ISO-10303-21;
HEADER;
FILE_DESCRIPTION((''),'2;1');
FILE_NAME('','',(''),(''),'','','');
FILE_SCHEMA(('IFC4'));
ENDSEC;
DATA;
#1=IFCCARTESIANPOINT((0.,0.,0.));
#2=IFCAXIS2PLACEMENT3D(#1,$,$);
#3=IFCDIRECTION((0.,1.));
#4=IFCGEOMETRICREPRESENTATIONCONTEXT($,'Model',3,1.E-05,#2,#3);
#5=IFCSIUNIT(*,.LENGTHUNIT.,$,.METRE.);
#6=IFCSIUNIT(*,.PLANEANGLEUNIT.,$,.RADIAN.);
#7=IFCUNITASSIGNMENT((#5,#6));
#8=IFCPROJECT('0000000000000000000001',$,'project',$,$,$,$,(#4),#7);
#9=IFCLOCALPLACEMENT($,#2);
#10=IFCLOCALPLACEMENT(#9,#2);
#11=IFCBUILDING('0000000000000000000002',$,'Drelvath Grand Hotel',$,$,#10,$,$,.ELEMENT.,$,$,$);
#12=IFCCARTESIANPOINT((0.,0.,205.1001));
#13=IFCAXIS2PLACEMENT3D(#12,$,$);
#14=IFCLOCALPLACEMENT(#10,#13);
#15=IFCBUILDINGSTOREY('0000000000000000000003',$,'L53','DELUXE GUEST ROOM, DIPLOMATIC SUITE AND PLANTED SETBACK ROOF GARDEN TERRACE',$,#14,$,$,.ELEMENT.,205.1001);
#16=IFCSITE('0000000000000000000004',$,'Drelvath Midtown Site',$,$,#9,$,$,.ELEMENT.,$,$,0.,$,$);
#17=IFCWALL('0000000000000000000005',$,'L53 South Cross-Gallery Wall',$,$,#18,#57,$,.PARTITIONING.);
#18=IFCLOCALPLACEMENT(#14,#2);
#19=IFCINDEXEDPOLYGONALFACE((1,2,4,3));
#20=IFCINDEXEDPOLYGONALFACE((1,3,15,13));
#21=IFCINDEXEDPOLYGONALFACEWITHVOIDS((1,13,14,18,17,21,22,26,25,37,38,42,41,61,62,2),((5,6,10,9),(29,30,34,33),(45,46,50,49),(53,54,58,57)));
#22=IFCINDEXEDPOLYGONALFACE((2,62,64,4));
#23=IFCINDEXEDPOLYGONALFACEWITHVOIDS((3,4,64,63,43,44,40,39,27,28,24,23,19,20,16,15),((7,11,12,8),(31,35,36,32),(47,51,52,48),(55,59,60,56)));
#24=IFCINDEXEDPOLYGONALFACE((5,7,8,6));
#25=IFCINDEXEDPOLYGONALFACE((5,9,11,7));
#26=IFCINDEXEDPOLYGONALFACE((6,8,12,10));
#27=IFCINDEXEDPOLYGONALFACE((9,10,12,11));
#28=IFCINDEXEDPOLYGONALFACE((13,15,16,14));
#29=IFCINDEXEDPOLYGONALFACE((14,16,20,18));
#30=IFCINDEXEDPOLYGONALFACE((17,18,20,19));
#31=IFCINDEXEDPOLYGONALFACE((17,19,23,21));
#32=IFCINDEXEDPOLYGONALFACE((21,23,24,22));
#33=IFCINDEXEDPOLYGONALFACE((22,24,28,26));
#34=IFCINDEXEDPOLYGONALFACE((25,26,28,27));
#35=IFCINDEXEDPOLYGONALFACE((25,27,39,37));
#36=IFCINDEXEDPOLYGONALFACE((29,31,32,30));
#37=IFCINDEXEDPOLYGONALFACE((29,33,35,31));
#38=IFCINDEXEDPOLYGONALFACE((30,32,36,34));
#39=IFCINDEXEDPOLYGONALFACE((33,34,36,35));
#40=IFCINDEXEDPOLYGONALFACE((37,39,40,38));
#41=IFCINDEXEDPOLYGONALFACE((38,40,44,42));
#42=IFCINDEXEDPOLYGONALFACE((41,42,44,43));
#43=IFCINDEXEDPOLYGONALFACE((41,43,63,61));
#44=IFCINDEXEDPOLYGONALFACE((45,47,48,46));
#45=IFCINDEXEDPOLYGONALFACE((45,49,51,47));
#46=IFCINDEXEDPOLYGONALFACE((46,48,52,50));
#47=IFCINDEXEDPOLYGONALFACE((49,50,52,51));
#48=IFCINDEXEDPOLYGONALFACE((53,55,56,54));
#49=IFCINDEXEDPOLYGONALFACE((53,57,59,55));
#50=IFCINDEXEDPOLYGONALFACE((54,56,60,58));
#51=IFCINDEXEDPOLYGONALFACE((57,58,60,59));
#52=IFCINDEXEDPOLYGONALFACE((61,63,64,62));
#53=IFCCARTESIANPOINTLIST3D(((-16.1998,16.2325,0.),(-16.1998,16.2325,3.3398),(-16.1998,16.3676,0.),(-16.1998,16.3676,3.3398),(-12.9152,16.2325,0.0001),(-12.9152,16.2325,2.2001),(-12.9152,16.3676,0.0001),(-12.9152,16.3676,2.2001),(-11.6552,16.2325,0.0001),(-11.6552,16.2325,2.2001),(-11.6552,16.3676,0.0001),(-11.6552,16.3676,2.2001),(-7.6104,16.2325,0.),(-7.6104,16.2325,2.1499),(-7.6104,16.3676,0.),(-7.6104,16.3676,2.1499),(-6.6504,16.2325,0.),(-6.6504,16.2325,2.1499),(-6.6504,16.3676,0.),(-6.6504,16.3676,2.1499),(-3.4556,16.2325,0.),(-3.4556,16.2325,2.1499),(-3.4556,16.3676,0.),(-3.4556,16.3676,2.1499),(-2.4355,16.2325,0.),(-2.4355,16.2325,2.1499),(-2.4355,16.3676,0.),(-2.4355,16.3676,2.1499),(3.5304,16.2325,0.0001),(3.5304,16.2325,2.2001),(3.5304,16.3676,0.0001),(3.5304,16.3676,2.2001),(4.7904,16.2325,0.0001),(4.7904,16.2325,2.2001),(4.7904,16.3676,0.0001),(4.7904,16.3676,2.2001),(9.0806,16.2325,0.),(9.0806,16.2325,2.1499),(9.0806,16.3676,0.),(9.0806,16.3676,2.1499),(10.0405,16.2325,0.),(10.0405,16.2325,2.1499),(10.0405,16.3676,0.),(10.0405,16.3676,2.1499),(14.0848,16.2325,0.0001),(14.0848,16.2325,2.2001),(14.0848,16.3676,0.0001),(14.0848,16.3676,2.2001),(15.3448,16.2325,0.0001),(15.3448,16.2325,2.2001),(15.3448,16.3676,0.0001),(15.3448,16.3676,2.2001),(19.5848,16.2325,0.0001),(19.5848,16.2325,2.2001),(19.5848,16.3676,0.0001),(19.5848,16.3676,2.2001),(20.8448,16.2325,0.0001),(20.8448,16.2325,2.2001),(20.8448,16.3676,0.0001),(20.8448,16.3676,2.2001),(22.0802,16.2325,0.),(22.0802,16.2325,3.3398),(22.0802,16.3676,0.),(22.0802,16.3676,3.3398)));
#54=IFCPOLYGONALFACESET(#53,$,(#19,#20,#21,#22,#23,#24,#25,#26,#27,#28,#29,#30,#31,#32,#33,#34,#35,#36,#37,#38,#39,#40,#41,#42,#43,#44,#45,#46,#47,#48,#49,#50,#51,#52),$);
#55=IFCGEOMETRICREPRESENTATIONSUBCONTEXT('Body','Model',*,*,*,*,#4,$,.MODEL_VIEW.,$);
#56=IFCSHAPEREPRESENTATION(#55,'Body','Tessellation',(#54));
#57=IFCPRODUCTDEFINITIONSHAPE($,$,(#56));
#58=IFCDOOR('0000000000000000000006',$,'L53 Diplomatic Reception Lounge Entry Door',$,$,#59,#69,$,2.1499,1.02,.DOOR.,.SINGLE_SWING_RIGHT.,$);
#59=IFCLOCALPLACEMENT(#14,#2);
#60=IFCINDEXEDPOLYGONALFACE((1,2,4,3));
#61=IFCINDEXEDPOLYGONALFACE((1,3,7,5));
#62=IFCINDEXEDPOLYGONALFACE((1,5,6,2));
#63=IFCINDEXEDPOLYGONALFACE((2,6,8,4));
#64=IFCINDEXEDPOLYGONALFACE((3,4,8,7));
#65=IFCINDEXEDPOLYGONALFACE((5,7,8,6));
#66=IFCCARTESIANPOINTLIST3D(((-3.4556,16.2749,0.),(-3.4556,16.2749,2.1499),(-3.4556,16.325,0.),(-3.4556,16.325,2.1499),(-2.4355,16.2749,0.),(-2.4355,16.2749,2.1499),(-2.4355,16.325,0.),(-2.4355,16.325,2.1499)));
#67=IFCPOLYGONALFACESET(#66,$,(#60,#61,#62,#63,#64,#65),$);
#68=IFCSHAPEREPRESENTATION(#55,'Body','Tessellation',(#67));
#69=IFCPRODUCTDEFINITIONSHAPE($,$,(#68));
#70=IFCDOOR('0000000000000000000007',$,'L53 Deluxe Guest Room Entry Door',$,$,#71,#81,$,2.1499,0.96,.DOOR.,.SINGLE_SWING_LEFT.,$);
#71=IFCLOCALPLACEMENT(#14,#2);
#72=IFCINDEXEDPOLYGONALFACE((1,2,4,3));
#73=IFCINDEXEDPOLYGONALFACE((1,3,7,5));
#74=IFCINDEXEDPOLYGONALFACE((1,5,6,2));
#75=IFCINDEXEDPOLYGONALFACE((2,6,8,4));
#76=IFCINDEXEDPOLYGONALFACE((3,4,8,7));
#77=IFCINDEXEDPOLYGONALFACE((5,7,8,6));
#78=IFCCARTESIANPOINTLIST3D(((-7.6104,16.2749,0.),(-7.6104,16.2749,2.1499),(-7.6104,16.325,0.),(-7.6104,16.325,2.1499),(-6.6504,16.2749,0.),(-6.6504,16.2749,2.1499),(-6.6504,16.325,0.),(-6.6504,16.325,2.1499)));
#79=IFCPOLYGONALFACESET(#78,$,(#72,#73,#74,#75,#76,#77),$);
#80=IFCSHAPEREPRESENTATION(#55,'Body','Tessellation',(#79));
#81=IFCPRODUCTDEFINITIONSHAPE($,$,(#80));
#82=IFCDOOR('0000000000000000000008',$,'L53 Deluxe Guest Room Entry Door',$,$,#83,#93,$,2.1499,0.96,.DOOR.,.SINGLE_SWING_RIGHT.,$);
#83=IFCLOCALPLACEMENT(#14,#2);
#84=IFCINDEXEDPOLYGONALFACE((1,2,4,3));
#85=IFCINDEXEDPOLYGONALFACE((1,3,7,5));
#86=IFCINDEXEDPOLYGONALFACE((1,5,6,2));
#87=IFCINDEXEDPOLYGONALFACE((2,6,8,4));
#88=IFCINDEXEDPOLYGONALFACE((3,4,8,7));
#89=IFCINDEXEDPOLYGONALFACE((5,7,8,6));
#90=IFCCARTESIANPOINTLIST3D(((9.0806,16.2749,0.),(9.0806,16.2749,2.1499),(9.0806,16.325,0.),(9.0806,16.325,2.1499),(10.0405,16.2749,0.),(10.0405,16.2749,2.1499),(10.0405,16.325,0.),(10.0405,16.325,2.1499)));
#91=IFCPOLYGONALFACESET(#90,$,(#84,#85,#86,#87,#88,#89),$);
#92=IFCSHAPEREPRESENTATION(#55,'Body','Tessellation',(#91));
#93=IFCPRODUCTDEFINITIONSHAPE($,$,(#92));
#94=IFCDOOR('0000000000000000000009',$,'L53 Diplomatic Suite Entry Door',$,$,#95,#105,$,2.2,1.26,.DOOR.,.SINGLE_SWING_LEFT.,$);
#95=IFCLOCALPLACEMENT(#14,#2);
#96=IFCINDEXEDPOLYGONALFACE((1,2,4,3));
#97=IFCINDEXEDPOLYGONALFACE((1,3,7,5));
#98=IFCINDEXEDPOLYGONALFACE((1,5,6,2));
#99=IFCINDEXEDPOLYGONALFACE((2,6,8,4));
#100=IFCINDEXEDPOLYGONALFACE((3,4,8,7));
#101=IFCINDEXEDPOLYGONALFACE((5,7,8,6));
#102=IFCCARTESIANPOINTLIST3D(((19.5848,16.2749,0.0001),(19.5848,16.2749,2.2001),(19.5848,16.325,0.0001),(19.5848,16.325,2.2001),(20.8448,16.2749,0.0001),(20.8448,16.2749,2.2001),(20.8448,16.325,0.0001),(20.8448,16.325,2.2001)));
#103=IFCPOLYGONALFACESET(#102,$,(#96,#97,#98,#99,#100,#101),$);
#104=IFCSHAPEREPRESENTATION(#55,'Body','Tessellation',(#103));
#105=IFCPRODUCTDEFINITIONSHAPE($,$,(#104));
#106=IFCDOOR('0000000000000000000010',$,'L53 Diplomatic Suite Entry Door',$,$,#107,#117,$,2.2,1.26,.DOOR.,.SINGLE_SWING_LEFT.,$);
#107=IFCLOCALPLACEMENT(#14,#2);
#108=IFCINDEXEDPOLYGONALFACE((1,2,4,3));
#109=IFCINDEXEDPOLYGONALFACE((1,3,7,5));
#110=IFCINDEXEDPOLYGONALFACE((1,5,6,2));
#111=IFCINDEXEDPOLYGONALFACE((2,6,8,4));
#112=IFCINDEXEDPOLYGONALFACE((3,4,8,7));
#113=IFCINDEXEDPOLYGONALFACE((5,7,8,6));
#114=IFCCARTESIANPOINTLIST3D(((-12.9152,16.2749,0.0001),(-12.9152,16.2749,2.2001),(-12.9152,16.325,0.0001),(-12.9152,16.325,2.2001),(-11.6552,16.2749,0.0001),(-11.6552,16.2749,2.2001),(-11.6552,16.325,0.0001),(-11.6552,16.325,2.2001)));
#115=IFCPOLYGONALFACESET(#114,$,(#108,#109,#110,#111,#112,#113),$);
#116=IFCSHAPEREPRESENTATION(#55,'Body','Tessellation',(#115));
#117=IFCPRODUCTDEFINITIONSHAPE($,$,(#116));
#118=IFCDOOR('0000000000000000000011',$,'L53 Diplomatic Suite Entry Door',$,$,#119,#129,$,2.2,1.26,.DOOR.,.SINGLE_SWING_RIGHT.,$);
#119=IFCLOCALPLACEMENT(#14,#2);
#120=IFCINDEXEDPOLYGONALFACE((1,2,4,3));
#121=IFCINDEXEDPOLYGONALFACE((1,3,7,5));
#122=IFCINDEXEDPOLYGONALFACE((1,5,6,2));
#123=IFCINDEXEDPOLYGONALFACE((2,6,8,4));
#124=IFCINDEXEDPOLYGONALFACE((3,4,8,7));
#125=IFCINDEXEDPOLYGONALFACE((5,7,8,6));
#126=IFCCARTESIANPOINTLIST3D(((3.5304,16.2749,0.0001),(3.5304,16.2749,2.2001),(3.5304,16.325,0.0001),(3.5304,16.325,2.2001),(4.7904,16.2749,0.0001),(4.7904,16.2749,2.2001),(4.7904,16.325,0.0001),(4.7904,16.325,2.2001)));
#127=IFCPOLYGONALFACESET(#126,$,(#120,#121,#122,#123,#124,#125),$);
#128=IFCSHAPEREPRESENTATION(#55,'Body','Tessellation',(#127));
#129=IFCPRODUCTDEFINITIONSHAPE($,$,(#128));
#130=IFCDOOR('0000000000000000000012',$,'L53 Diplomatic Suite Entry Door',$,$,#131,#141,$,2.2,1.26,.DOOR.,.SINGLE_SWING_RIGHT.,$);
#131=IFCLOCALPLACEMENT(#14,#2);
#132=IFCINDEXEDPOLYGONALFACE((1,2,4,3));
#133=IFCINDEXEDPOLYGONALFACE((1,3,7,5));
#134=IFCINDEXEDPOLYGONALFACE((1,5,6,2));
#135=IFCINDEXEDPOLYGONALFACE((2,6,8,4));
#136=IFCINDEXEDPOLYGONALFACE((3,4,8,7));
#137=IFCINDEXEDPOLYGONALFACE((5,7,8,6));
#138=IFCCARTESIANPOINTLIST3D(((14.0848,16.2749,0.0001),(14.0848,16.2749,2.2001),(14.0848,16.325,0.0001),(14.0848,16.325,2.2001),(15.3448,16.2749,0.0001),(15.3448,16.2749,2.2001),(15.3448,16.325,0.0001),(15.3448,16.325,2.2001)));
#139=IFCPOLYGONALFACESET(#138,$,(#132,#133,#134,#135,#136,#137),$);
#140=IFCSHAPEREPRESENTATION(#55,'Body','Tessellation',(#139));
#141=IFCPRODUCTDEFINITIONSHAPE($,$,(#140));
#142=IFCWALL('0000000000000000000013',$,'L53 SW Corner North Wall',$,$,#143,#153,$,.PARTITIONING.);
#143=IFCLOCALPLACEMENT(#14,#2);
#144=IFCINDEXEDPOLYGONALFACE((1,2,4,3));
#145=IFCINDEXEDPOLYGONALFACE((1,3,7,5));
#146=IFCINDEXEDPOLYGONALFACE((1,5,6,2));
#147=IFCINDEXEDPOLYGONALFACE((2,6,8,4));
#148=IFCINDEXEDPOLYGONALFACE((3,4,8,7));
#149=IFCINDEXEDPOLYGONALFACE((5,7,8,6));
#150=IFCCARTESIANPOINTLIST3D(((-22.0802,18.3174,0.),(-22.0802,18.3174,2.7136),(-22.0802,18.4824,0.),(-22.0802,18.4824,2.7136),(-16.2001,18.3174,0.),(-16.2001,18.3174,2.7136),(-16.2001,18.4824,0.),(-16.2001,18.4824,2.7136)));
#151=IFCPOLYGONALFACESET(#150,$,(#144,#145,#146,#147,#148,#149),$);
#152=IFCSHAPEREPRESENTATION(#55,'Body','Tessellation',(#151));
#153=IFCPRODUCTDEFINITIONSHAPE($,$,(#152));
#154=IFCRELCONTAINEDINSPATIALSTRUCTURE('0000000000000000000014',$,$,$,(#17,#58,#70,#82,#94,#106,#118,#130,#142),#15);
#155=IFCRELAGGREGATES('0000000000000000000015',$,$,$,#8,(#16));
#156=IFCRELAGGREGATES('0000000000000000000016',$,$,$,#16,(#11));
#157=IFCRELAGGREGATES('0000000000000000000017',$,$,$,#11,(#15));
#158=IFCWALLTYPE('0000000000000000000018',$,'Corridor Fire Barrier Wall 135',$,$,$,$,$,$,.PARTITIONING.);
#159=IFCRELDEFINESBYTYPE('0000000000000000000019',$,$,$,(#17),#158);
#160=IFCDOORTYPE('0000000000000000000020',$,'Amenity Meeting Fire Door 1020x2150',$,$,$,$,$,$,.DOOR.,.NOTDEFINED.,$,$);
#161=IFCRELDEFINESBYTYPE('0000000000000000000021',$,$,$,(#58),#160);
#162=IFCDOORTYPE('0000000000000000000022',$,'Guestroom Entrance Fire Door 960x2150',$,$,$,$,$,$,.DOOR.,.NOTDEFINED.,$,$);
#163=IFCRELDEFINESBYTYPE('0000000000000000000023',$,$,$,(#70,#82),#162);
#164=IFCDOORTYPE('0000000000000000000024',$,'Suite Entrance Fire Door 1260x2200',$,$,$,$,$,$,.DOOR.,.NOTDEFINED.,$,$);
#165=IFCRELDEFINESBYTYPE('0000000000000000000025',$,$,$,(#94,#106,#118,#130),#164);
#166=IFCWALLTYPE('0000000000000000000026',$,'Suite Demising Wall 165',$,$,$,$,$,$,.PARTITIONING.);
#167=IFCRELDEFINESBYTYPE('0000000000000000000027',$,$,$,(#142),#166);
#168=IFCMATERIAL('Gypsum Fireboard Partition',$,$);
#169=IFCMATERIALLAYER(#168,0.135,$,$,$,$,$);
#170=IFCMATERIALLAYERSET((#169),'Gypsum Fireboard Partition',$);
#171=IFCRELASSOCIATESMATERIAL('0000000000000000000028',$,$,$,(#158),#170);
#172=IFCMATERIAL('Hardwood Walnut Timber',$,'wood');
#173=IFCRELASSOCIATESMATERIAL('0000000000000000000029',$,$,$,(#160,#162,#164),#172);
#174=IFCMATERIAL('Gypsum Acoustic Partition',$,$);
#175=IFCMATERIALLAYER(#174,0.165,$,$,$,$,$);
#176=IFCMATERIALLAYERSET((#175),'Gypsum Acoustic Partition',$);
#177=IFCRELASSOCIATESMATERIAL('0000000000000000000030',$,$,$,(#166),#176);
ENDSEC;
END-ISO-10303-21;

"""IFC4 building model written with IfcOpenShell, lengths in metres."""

from ifc_helpers import new_model, si_unit, direction, frame, frame_2d, origin, place, context, subcontext, project, spatial, rectangle, extrude, material, layer, layer_set, type_object, element, fill, save


model = new_model("IFC4")

# Units and contexts
model_context = context("Model", 3, precision=1e-05, world=origin(), true_north=direction((0.0, 1.0)))
body_context = subcontext(model_context, "Body", "Model", "MODEL_VIEW")
ifc_project = project(units=[si_unit("LENGTHUNIT", "METRE"), si_unit("PLANEANGLEUNIT", "RADIAN")], contexts=[model_context])

# Site, building, storey
site_placement = place(None, origin())
site = spatial("IfcSite", under=ifc_project, at=site_placement, Name="Drelvath Midtown Site", CompositionType="ELEMENT", RefElevation=0.0)
building_placement = place(site_placement, origin())
building = spatial("IfcBuilding", under=site, at=building_placement, Name="Drelvath Grand Hotel", CompositionType="ELEMENT")
storey_placement = place(building_placement, frame((0.0, 0.0, 205.1001)))
storey = spatial("IfcBuildingStorey", under=building, at=storey_placement, Name="L53", Description="DELUXE GUEST ROOM, DIPLOMATIC SUITE AND PLANTED SETBACK ROOF GARDEN TERRACE", CompositionType="ELEMENT", Elevation=205.1001)

# Wall, openings, doors
ifc_material_1 = material(Name="Gypsum Fireboard Partition")
ifc_layer_1 = layer(ifc_material_1, 0.135)
ifc_layer_set_1 = layer_set([ifc_layer_1], Name="Gypsum Fireboard Partition")
wall_type_1 = type_object("IfcWallType", Name="Corridor Fire Barrier Wall 135", PredefinedType="PARTITIONING", material=ifc_layer_set_1)
wall_1_placement = place(storey_placement, frame((-16.2, 16.3, 0.0), z_axis=(0.0, 0.0, 1.0), x_axis=(1.0, 0.0, 0.0)))
wall_1 = element("IfcWall", 1, at=wall_1_placement, inside=storey, type_object=wall_type_1, Name="L53 South Cross-Gallery Wall", PredefinedType="PARTITIONING", context=body_context, shape_type="SweptSolid", body=[
    extrude(rectangle(XDim=38.28, YDim=0.135, at=frame_2d((19.1401, 0.0))), origin(), (0.0, 0.0, 1.0), 3.3398),
])
opening_1_placement = place(wall_1_placement, frame((35.7849, 0.0, 0.0)))
opening_1 = element("IfcOpeningElement", 2, at=opening_1_placement, cuts=wall_1, PredefinedType="OPENING", context=body_context, shape_type="SweptSolid", body=[
    extrude(rectangle(XDim=1.26, YDim=2.2, at=frame_2d((0.6299, 1.1001))), frame((0.0, 0.0774, 0.0), z_axis=(0.0, -1.0, 0.0), x_axis=(1.0, 0.0, 0.0)), (0.0, 0.0, 1.0), 0.155),
])
opening_2_placement = place(wall_1_placement, frame((3.2849, 0.0, 0.0)))
opening_2 = element("IfcOpeningElement", 3, at=opening_2_placement, cuts=wall_1, PredefinedType="OPENING", context=body_context, shape_type="SweptSolid", body=[
    extrude(rectangle(XDim=1.26, YDim=2.2, at=frame_2d((0.6299, 1.1001))), frame((0.0, 0.0774, 0.0), z_axis=(0.0, -1.0, 0.0), x_axis=(1.0, 0.0, 0.0)), (0.0, 0.0, 1.0), 0.155),
])
opening_3_placement = place(wall_1_placement, frame((8.5896, 0.0, 0.0)))
opening_3 = element("IfcOpeningElement", 4, at=opening_3_placement, cuts=wall_1, PredefinedType="OPENING", context=body_context, shape_type="SweptSolid", body=[
    extrude(rectangle(XDim=0.96, YDim=2.1499, at=frame_2d((0.48, 1.075))), frame((0.0, 0.0774, 0.0), z_axis=(0.0, -1.0, 0.0), x_axis=(1.0, 0.0, 0.0)), (0.0, 0.0, 1.0), 0.155),
])
opening_4_placement = place(wall_1_placement, frame((12.7444, 0.0, 0.0)))
opening_4 = element("IfcOpeningElement", 5, at=opening_4_placement, cuts=wall_1, PredefinedType="OPENING", context=body_context, shape_type="SweptSolid", body=[
    extrude(rectangle(XDim=1.02, YDim=2.1499, at=frame_2d((0.51, 1.075))), frame((0.0, 0.0774, 0.0), z_axis=(0.0, -1.0, 0.0), x_axis=(1.0, 0.0, 0.0)), (0.0, 0.0, 1.0), 0.155),
])
opening_5_placement = place(wall_1_placement, frame((19.7305, 0.0, 0.0)))
opening_5 = element("IfcOpeningElement", 6, at=opening_5_placement, cuts=wall_1, PredefinedType="OPENING", context=body_context, shape_type="SweptSolid", body=[
    extrude(rectangle(XDim=1.26, YDim=2.2, at=frame_2d((0.6299, 1.1001))), frame((0.0, 0.0774, 0.0), z_axis=(0.0, -1.0, 0.0), x_axis=(1.0, 0.0, 0.0)), (0.0, 0.0, 1.0), 0.155),
])
opening_6_placement = place(wall_1_placement, frame((25.2805, 0.0, 0.0)))
opening_6 = element("IfcOpeningElement", 7, at=opening_6_placement, cuts=wall_1, PredefinedType="OPENING", context=body_context, shape_type="SweptSolid", body=[
    extrude(rectangle(XDim=0.96, YDim=2.1499, at=frame_2d((0.48, 1.075))), frame((0.0, 0.0774, 0.0), z_axis=(0.0, -1.0, 0.0), x_axis=(1.0, 0.0, 0.0)), (0.0, 0.0, 1.0), 0.155),
])
opening_7_placement = place(wall_1_placement, frame((30.2849, 0.0, 0.0)))
opening_7 = element("IfcOpeningElement", 8, at=opening_7_placement, cuts=wall_1, PredefinedType="OPENING", context=body_context, shape_type="SweptSolid", body=[
    extrude(rectangle(XDim=1.26, YDim=2.2, at=frame_2d((0.6299, 1.1001))), frame((0.0, 0.0774, 0.0), z_axis=(0.0, -1.0, 0.0), x_axis=(1.0, 0.0, 0.0)), (0.0, 0.0, 1.0), 0.155),
])
ifc_material_2 = material(Name="Hardwood Walnut Timber", Category="wood")
door_type_1 = type_object("IfcDoorType", Name="Amenity Meeting Fire Door 1020x2150", OperationType="NOTDEFINED", PredefinedType="DOOR", material=ifc_material_2)
door_1_placement = place(opening_4_placement, origin())
door_1 = element("IfcDoor", 9, at=door_1_placement, inside=storey, type_object=door_type_1, Name="L53 Diplomatic Reception Lounge Entry Door", OperationType="SINGLE_SWING_RIGHT", OverallHeight=2.1499, OverallWidth=1.02, PredefinedType="DOOR", context=body_context, shape_type="SweptSolid", body=[
    extrude(rectangle(XDim=1.02, YDim=2.1499, at=frame_2d((0.51, 1.075))), frame((0.0, 0.0249, 0.0), z_axis=(0.0, -1.0, 0.0), x_axis=(1.0, 0.0, 0.0)), (0.0, 0.0, 1.0), 0.05),
])
fill(opening_4, door_1)
door_type_2 = type_object("IfcDoorType", Name="Guestroom Entrance Fire Door 960x2150", OperationType="NOTDEFINED", PredefinedType="DOOR", material=ifc_material_2)
door_2_placement = place(opening_3_placement, origin())
door_2 = element("IfcDoor", 10, at=door_2_placement, inside=storey, type_object=door_type_2, Name="L53 Deluxe Guest Room Entry Door", OperationType="SINGLE_SWING_LEFT", OverallHeight=2.1499, OverallWidth=0.96, PredefinedType="DOOR", context=body_context, shape_type="SweptSolid", body=[
    extrude(rectangle(XDim=0.96, YDim=2.1499, at=frame_2d((0.48, 1.075))), frame((0.0, 0.0249, 0.0), z_axis=(0.0, -1.0, 0.0), x_axis=(1.0, 0.0, 0.0)), (0.0, 0.0, 1.0), 0.05),
])
fill(opening_3, door_2)
door_3_placement = place(opening_6_placement, origin())
door_3 = element("IfcDoor", 11, at=door_3_placement, inside=storey, type_object=door_type_2, Name="L53 Deluxe Guest Room Entry Door", OperationType="SINGLE_SWING_RIGHT", OverallHeight=2.1499, OverallWidth=0.96, PredefinedType="DOOR", context=body_context, shape_type="SweptSolid", body=[
    extrude(rectangle(XDim=0.96, YDim=2.1499, at=frame_2d((0.48, 1.075))), frame((0.0, 0.0249, 0.0), z_axis=(0.0, -1.0, 0.0), x_axis=(1.0, 0.0, 0.0)), (0.0, 0.0, 1.0), 0.05),
])
fill(opening_6, door_3)
door_type_3 = type_object("IfcDoorType", Name="Suite Entrance Fire Door 1260x2200", OperationType="NOTDEFINED", PredefinedType="DOOR", material=ifc_material_2)
door_4_placement = place(opening_1_placement, origin())
door_4 = element("IfcDoor", 12, at=door_4_placement, inside=storey, type_object=door_type_3, Name="L53 Diplomatic Suite Entry Door", OperationType="SINGLE_SWING_LEFT", OverallHeight=2.2, OverallWidth=1.26, PredefinedType="DOOR", context=body_context, shape_type="SweptSolid", body=[
    extrude(rectangle(XDim=1.26, YDim=2.2, at=frame_2d((0.6299, 1.1001))), frame((0.0, 0.0249, 0.0), z_axis=(0.0, -1.0, 0.0), x_axis=(1.0, 0.0, 0.0)), (0.0, 0.0, 1.0), 0.05),
])
fill(opening_1, door_4)
door_5_placement = place(opening_2_placement, origin())
door_5 = element("IfcDoor", 13, at=door_5_placement, inside=storey, type_object=door_type_3, Name="L53 Diplomatic Suite Entry Door", OperationType="SINGLE_SWING_LEFT", OverallHeight=2.2, OverallWidth=1.26, PredefinedType="DOOR", context=body_context, shape_type="SweptSolid", body=[
    extrude(rectangle(XDim=1.26, YDim=2.2, at=frame_2d((0.6299, 1.1001))), frame((0.0, 0.0249, 0.0), z_axis=(0.0, -1.0, 0.0), x_axis=(1.0, 0.0, 0.0)), (0.0, 0.0, 1.0), 0.05),
])
fill(opening_2, door_5)
door_6_placement = place(opening_5_placement, origin())
door_6 = element("IfcDoor", 14, at=door_6_placement, inside=storey, type_object=door_type_3, Name="L53 Diplomatic Suite Entry Door", OperationType="SINGLE_SWING_RIGHT", OverallHeight=2.2, OverallWidth=1.26, PredefinedType="DOOR", context=body_context, shape_type="SweptSolid", body=[
    extrude(rectangle(XDim=1.26, YDim=2.2, at=frame_2d((0.6299, 1.1001))), frame((0.0, 0.0249, 0.0), z_axis=(0.0, -1.0, 0.0), x_axis=(1.0, 0.0, 0.0)), (0.0, 0.0, 1.0), 0.05),
])
fill(opening_5, door_6)
door_7_placement = place(opening_7_placement, origin())
door_7 = element("IfcDoor", 15, at=door_7_placement, inside=storey, type_object=door_type_3, Name="L53 Diplomatic Suite Entry Door", OperationType="SINGLE_SWING_RIGHT", OverallHeight=2.2, OverallWidth=1.26, PredefinedType="DOOR", context=body_context, shape_type="SweptSolid", body=[
    extrude(rectangle(XDim=1.26, YDim=2.2, at=frame_2d((0.6299, 1.1001))), frame((0.0, 0.0249, 0.0), z_axis=(0.0, -1.0, 0.0), x_axis=(1.0, 0.0, 0.0)), (0.0, 0.0, 1.0), 0.05),
])
fill(opening_7, door_7)

# Wall
ifc_material_3 = material(Name="Gypsum Acoustic Partition")
ifc_layer_2 = layer(ifc_material_3, 0.165)
ifc_layer_set_2 = layer_set([ifc_layer_2], Name="Gypsum Acoustic Partition")
wall_type_2 = type_object("IfcWallType", Name="Suite Demising Wall 165", PredefinedType="PARTITIONING", material=ifc_layer_set_2)
wall_2_placement = place(storey_placement, frame((-22.0801, 18.3999, 0.0), z_axis=(0.0, 0.0, 1.0), x_axis=(1.0, 0.0, 0.0)))
element("IfcWall", 16, at=wall_2_placement, inside=storey, type_object=wall_type_2, Name="L53 SW Corner North Wall", PredefinedType="PARTITIONING", context=body_context, shape_type="SweptSolid", body=[
    extrude(rectangle(XDim=5.8801, YDim=0.165, at=frame_2d((2.9399, 0.0))), origin(), (0.0, 0.0, 1.0), 2.7136),
])

save(model, "model.ifc")
